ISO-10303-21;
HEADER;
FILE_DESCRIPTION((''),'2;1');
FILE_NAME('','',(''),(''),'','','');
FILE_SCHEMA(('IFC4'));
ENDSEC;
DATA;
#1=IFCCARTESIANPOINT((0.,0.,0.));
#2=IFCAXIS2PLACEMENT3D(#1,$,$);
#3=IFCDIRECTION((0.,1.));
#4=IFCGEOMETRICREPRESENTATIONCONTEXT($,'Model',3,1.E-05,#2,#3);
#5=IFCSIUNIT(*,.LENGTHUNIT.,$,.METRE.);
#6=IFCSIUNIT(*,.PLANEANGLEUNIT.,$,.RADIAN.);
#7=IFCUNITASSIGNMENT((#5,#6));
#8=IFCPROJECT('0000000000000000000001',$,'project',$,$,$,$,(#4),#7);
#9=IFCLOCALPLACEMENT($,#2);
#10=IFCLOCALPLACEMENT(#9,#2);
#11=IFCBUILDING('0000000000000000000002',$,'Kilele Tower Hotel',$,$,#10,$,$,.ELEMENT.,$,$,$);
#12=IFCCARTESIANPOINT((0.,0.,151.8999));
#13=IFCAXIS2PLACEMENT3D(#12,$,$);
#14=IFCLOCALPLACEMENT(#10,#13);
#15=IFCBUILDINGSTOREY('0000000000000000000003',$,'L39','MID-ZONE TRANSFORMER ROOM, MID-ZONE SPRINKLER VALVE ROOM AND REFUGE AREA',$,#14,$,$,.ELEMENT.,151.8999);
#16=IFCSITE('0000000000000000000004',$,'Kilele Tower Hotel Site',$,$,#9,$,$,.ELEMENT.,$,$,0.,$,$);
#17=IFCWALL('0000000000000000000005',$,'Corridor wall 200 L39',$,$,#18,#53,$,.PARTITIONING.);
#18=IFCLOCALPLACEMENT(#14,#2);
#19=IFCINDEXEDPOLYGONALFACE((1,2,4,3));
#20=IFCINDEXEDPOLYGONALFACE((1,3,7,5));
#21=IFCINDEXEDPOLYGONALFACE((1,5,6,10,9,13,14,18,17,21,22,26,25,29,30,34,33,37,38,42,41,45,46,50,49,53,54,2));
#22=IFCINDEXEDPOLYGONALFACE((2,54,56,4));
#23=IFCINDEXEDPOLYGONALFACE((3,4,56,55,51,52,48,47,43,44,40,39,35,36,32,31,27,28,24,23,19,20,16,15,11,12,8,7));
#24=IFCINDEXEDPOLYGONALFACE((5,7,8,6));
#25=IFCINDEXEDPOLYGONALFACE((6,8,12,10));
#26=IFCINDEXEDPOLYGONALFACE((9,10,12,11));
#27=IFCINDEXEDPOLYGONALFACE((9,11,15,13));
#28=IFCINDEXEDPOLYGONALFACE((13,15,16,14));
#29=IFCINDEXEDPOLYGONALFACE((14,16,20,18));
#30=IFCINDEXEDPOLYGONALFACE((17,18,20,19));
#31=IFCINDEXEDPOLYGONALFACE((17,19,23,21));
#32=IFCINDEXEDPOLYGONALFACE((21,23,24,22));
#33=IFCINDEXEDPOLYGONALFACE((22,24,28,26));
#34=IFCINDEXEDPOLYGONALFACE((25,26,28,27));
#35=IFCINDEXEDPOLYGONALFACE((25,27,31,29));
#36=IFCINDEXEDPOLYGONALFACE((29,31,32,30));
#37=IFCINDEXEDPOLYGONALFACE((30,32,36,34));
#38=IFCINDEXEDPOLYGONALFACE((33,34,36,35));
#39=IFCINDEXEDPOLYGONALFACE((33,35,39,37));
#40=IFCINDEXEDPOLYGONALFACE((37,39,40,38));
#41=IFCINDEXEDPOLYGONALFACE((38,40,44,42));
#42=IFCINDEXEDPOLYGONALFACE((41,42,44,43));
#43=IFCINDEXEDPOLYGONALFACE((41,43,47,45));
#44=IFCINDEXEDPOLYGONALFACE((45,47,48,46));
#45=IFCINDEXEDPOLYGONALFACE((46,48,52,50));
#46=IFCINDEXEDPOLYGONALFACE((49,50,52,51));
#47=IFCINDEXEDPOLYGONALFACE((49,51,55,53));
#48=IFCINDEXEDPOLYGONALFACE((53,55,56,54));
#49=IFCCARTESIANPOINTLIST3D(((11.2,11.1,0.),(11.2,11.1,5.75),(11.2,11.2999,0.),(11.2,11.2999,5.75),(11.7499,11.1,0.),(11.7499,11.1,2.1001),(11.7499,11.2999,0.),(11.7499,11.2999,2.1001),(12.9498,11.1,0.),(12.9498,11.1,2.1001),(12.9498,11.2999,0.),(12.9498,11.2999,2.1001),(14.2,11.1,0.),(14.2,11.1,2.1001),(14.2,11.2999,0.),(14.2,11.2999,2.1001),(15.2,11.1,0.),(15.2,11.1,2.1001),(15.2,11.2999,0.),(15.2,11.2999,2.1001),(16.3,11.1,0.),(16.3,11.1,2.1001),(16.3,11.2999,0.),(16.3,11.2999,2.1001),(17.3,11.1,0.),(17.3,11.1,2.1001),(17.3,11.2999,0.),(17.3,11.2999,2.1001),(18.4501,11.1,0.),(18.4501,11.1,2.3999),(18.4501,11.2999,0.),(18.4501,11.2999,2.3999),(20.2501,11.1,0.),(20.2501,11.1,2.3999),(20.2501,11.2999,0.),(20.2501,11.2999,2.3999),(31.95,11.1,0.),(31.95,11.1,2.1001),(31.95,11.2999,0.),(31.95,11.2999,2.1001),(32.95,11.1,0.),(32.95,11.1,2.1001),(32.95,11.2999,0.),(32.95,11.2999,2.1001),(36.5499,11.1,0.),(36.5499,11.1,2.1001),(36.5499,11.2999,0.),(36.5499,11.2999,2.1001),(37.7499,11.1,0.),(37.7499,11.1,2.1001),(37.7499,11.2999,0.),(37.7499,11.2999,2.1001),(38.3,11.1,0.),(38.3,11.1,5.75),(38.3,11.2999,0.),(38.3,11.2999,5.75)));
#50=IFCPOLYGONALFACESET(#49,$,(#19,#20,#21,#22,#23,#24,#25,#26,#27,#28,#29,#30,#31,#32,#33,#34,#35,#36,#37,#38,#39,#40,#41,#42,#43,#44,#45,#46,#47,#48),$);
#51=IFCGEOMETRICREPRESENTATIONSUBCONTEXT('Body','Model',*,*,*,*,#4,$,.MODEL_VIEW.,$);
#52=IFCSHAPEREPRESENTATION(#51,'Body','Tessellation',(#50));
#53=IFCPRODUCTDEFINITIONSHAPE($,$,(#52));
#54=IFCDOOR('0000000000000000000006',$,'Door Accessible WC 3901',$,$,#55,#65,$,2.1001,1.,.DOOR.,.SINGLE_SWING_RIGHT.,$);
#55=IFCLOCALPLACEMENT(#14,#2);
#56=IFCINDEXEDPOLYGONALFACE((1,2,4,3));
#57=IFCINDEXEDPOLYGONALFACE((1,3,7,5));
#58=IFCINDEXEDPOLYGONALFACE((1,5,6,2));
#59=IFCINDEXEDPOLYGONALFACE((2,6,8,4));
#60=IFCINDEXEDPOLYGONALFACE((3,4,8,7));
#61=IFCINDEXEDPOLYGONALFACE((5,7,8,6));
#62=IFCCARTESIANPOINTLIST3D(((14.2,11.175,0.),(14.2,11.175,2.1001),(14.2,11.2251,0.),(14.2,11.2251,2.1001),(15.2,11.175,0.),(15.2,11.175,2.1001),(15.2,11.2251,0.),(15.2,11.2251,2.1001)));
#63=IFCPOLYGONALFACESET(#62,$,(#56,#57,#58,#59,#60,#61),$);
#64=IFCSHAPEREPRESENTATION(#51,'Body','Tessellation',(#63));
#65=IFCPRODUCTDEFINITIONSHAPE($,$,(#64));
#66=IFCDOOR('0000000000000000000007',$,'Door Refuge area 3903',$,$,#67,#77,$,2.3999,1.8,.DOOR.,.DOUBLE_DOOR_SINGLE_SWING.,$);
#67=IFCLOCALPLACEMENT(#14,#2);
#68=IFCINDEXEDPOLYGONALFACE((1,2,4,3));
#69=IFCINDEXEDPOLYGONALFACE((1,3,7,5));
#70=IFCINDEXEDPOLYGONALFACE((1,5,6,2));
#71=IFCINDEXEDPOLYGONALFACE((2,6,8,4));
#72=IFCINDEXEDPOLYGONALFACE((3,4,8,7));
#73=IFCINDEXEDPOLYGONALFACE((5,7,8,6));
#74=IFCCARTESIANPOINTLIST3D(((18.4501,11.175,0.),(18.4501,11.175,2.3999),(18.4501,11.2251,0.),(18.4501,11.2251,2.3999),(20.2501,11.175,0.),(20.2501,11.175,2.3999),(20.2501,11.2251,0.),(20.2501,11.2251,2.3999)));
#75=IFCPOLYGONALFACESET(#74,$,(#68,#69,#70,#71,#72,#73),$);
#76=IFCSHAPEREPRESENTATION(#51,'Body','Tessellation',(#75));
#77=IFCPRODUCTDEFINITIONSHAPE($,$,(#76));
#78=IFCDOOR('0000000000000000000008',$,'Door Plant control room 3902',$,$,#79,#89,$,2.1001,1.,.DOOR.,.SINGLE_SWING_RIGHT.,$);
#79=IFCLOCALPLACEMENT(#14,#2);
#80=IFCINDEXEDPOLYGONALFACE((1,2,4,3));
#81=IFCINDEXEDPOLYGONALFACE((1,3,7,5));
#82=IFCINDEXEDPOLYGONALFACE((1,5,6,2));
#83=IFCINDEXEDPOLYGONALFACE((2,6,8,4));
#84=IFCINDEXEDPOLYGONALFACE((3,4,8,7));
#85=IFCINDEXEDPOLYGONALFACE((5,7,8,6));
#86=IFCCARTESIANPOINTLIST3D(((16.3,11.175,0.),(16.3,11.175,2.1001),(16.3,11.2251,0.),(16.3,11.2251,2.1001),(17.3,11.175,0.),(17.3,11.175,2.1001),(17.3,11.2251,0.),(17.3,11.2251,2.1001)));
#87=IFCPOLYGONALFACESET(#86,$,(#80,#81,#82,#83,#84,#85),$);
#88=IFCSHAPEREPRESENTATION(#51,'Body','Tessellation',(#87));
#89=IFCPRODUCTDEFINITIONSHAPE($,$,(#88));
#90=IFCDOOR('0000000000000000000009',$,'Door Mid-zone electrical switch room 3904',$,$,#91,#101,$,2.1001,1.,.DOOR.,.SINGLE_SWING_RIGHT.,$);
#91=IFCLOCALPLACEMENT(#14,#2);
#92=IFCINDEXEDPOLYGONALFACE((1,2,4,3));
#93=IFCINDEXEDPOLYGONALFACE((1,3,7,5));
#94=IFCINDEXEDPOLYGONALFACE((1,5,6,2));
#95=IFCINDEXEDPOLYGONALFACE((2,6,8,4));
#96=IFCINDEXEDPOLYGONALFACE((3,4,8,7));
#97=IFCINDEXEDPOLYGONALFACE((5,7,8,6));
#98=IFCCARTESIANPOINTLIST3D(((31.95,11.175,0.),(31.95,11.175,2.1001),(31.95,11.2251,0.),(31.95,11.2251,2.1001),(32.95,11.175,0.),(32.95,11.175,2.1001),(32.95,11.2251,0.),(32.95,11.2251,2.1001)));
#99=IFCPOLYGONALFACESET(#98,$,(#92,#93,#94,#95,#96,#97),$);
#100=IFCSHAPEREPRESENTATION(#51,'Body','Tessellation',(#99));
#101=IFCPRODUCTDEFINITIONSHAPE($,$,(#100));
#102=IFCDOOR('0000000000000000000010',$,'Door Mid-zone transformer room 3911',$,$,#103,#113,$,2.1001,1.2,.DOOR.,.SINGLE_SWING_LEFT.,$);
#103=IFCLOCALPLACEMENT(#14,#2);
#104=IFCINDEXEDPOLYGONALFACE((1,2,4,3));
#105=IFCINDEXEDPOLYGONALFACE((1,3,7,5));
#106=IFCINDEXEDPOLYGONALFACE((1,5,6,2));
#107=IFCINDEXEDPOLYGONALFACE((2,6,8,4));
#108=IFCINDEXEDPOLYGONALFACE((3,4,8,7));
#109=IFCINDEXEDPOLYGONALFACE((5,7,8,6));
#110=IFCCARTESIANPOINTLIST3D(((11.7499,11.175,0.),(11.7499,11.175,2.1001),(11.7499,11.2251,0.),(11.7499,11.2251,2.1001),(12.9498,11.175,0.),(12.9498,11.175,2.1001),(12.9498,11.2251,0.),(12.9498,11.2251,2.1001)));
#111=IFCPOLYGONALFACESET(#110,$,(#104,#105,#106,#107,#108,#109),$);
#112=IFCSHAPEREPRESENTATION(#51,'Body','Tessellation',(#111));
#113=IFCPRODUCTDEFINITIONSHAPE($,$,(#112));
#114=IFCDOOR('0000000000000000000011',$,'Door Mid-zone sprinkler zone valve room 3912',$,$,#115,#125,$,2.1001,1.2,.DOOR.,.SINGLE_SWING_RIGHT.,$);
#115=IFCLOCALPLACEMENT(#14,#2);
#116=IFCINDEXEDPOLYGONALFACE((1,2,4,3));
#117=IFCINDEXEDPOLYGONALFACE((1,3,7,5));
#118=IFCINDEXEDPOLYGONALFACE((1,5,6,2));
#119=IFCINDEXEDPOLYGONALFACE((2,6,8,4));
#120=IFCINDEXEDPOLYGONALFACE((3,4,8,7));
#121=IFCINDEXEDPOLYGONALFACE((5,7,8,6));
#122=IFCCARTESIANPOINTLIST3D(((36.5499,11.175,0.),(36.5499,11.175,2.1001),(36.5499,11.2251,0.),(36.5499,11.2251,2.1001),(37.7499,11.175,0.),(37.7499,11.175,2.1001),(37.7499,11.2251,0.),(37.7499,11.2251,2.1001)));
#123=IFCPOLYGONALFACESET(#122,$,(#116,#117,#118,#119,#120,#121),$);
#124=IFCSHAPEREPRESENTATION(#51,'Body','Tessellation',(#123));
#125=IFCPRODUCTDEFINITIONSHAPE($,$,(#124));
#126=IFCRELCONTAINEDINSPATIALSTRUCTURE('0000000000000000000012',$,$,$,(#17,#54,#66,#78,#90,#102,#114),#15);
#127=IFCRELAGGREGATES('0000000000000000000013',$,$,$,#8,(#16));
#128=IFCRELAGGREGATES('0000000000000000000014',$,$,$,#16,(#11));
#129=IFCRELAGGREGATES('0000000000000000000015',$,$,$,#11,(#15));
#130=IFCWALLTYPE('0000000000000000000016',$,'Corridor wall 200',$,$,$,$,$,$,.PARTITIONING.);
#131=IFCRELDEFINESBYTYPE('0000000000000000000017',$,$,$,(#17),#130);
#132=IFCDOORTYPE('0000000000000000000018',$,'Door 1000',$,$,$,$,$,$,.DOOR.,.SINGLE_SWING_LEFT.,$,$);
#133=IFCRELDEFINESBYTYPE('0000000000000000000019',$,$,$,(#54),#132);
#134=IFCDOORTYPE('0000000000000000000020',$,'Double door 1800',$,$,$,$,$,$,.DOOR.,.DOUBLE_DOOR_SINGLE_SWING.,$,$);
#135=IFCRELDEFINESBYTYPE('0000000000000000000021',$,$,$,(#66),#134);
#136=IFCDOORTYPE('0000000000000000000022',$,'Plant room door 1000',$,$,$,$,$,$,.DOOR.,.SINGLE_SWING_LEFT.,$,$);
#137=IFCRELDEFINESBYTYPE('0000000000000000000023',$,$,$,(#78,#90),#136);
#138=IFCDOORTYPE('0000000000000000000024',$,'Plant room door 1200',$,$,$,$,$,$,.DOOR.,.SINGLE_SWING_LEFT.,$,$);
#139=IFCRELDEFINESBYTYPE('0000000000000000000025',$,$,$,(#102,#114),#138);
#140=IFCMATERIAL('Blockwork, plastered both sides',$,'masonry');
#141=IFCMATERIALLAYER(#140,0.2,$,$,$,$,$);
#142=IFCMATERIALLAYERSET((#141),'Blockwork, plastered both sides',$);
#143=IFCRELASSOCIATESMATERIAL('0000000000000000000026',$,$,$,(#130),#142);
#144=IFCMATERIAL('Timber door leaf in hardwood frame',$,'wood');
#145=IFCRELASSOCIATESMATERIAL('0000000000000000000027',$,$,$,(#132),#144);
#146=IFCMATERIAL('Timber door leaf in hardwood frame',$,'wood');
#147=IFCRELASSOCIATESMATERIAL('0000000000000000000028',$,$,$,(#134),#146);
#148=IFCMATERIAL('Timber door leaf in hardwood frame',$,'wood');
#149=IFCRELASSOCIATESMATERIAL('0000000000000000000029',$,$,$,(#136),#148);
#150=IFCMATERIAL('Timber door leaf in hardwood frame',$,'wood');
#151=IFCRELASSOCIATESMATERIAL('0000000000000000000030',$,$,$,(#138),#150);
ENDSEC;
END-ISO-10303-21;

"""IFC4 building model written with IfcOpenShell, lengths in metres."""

from ifc_helpers import new_model, si_unit, direction, frame, frame_2d, origin, place, context, subcontext, project, spatial, rectangle, extrude, material, layer, layer_set, type_object, element, fill, save


model = new_model("IFC4")

# Units and contexts
model_context = context("Model", 3, precision=1e-05, world=origin(), true_north=direction((0.0, 1.0)))
body_context = subcontext(model_context, "Body", "Model", "MODEL_VIEW")
ifc_project = project(units=[si_unit("LENGTHUNIT", "METRE"), si_unit("PLANEANGLEUNIT", "RADIAN")], contexts=[model_context])

# Site, building, storey
site_placement = place(None, origin())
site = spatial("IfcSite", under=ifc_project, at=site_placement, Name="Kilele Tower Hotel Site", CompositionType="ELEMENT", RefElevation=0.0)
building_placement = place(site_placement, origin())
building = spatial("IfcBuilding", under=site, at=building_placement, Name="Kilele Tower Hotel", CompositionType="ELEMENT")
storey_placement = place(building_placement, frame((0.0, 0.0, 151.8999)))
storey = spatial("IfcBuildingStorey", under=building, at=storey_placement, Name="L39", Description="MID-ZONE TRANSFORMER ROOM, MID-ZONE SPRINKLER VALVE ROOM AND REFUGE AREA", CompositionType="ELEMENT", Elevation=151.8999)

# Wall, openings, doors
ifc_material_1 = material(Name="Blockwork, plastered both sides", Category="masonry")
ifc_layer_1 = layer(ifc_material_1, 0.2)
ifc_layer_set_1 = layer_set([ifc_layer_1], Name="Blockwork, plastered both sides")
wall_type_1 = type_object("IfcWallType", Name="Corridor wall 200", PredefinedType="PARTITIONING", material=ifc_layer_set_1)
wall_1_placement = place(storey_placement, frame((11.2, 11.2, 0.0), z_axis=(0.0, 0.0, 1.0), x_axis=(1.0, 0.0, 0.0)))
wall_1 = element("IfcWall", 1, at=wall_1_placement, inside=storey, type_object=wall_type_1, Name="Corridor wall 200 L39", PredefinedType="PARTITIONING", context=body_context, shape_type="SweptSolid", body=[
    extrude(rectangle(XDim=27.1001, YDim=0.2, at=frame_2d((13.55, 0.0))), origin(), (0.0, 0.0, 1.0), 5.75),
])
opening_1_placement = place(wall_1_placement, frame((4.0, 0.0, 0.0), z_axis=(0.0, 0.0, 1.0), x_axis=(-1.0, 0.0, 0.0)))
opening_1 = element("IfcOpeningElement", 2, at=opening_1_placement, cuts=wall_1, PredefinedType="OPENING", context=body_context, shape_type="SweptSolid", body=[
    extrude(rectangle(XDim=1.0, YDim=2.1001, at=frame_2d((0.5, 1.05))), frame((0.0, 0.1099, 0.0), z_axis=(0.0, -1.0, 0.0), x_axis=(1.0, 0.0, 0.0)), (0.0, 0.0, 1.0), 0.22),
])
opening_2_placement = place(wall_1_placement, frame((6.1001, 0.0, 0.0), z_axis=(0.0, 0.0, 1.0), x_axis=(-1.0, 0.0, 0.0)))
opening_2 = element("IfcOpeningElement", 3, at=opening_2_placement, cuts=wall_1, PredefinedType="OPENING", context=body_context, shape_type="SweptSolid", body=[
    extrude(rectangle(XDim=1.0, YDim=2.1001, at=frame_2d((0.5, 1.05))), frame((0.0, 0.1099, 0.0), z_axis=(0.0, -1.0, 0.0), x_axis=(1.0, 0.0, 0.0)), (0.0, 0.0, 1.0), 0.22),
])
opening_3_placement = place(wall_1_placement, frame((9.05, 0.0, 0.0), z_axis=(0.0, 0.0, 1.0), x_axis=(-1.0, 0.0, 0.0)))
opening_3 = element("IfcOpeningElement", 4, at=opening_3_placement, cuts=wall_1, PredefinedType="OPENING", context=body_context, shape_type="SweptSolid", body=[
    extrude(rectangle(XDim=1.8, YDim=2.3999, at=frame_2d((0.8999, 1.2))), frame((0.0, 0.1099, 0.0), z_axis=(0.0, -1.0, 0.0), x_axis=(1.0, 0.0, 0.0)), (0.0, 0.0, 1.0), 0.22),
])
opening_4_placement = place(wall_1_placement, frame((21.75, 0.0, 0.0), z_axis=(0.0, 0.0, 1.0), x_axis=(-1.0, 0.0, 0.0)))
opening_4 = element("IfcOpeningElement", 5, at=opening_4_placement, cuts=wall_1, PredefinedType="OPENING", context=body_context, shape_type="SweptSolid", body=[
    extrude(rectangle(XDim=1.0, YDim=2.1001, at=frame_2d((0.5, 1.05))), frame((0.0, 0.1099, 0.0), z_axis=(0.0, -1.0, 0.0), x_axis=(1.0, 0.0, 0.0)), (0.0, 0.0, 1.0), 0.22),
])
opening_5_placement = place(wall_1_placement, frame((1.75, 0.0, 0.0), z_axis=(0.0, 0.0, 1.0), x_axis=(-1.0, 0.0, 0.0)))
opening_5 = element("IfcOpeningElement", 6, at=opening_5_placement, cuts=wall_1, PredefinedType="OPENING", context=body_context, shape_type="SweptSolid", body=[
    extrude(rectangle(XDim=1.2, YDim=2.1001, at=frame_2d((0.6001, 1.05))), frame((0.0, 0.1099, 0.0), z_axis=(0.0, -1.0, 0.0), x_axis=(1.0, 0.0, 0.0)), (0.0, 0.0, 1.0), 0.22),
])
opening_6_placement = place(wall_1_placement, frame((26.55, 0.0, 0.0), z_axis=(0.0, 0.0, 1.0), x_axis=(-1.0, 0.0, 0.0)))
opening_6 = element("IfcOpeningElement", 7, at=opening_6_placement, cuts=wall_1, PredefinedType="OPENING", context=body_context, shape_type="SweptSolid", body=[
    extrude(rectangle(XDim=1.2, YDim=2.1001, at=frame_2d((0.6001, 1.05))), frame((0.0, 0.1099, 0.0), z_axis=(0.0, -1.0, 0.0), x_axis=(1.0, 0.0, 0.0)), (0.0, 0.0, 1.0), 0.22),
])
ifc_material_2 = material(Name="Timber door leaf in hardwood frame", Category="wood")
door_type_1 = type_object("IfcDoorType", Name="Door 1000", OperationType="SINGLE_SWING_LEFT", PredefinedType="DOOR", material=ifc_material_2)
door_1_placement = place(opening_1_placement, origin())
door_1 = element("IfcDoor", 8, at=door_1_placement, inside=storey, type_object=door_type_1, Name="Door Accessible WC 3901", OperationType="SINGLE_SWING_RIGHT", OverallHeight=2.1001, OverallWidth=1.0, PredefinedType="DOOR", context=body_context, shape_type="SweptSolid", body=[
    extrude(rectangle(XDim=1.0, YDim=2.1001, at=frame_2d((0.5, 1.05))), frame((0.0, 0.0249, 0.0), z_axis=(0.0, -1.0, 0.0), x_axis=(1.0, 0.0, 0.0)), (0.0, 0.0, 1.0), 0.05),
])
fill(opening_1, door_1)
ifc_material_3 = material(Name="Timber door leaf in hardwood frame", Category="wood")
door_type_2 = type_object("IfcDoorType", Name="Double door 1800", OperationType="DOUBLE_DOOR_SINGLE_SWING", PredefinedType="DOOR", material=ifc_material_3)
door_2_placement = place(opening_3_placement, origin())
door_2 = element("IfcDoor", 9, at=door_2_placement, inside=storey, type_object=door_type_2, Name="Door Refuge area 3903", OperationType="DOUBLE_DOOR_SINGLE_SWING", OverallHeight=2.3999, OverallWidth=1.8, PredefinedType="DOOR", context=body_context, shape_type="SweptSolid", body=[
    extrude(rectangle(XDim=1.8, YDim=2.3999, at=frame_2d((0.8999, 1.2))), frame((0.0, 0.0249, 0.0), z_axis=(0.0, -1.0, 0.0), x_axis=(1.0, 0.0, 0.0)), (0.0, 0.0, 1.0), 0.05),
])
fill(opening_3, door_2)
ifc_material_4 = material(Name="Timber door leaf in hardwood frame", Category="wood")
door_type_3 = type_object("IfcDoorType", Name="Plant room door 1000", OperationType="SINGLE_SWING_LEFT", PredefinedType="DOOR", material=ifc_material_4)
door_3_placement = place(opening_2_placement, origin())
door_3 = element("IfcDoor", 10, at=door_3_placement, inside=storey, type_object=door_type_3, Name="Door Plant control room 3902", OperationType="SINGLE_SWING_RIGHT", OverallHeight=2.1001, OverallWidth=1.0, PredefinedType="DOOR", context=body_context, shape_type="SweptSolid", body=[
    extrude(rectangle(XDim=1.0, YDim=2.1001, at=frame_2d((0.5, 1.05))), frame((0.0, 0.0249, 0.0), z_axis=(0.0, -1.0, 0.0), x_axis=(1.0, 0.0, 0.0)), (0.0, 0.0, 1.0), 0.05),
])
fill(opening_2, door_3)
door_4_placement = place(opening_4_placement, origin())
door_4 = element("IfcDoor", 11, at=door_4_placement, inside=storey, type_object=door_type_3, Name="Door Mid-zone electrical switch room 3904", OperationType="SINGLE_SWING_RIGHT", OverallHeight=2.1001, OverallWidth=1.0, PredefinedType="DOOR", context=body_context, shape_type="SweptSolid", body=[
    extrude(rectangle(XDim=1.0, YDim=2.1001, at=frame_2d((0.5, 1.05))), frame((0.0, 0.0249, 0.0), z_axis=(0.0, -1.0, 0.0), x_axis=(1.0, 0.0, 0.0)), (0.0, 0.0, 1.0), 0.05),
])
fill(opening_4, door_4)
ifc_material_5 = material(Name="Timber door leaf in hardwood frame", Category="wood")
door_type_4 = type_object("IfcDoorType", Name="Plant room door 1200", OperationType="SINGLE_SWING_LEFT", PredefinedType="DOOR", material=ifc_material_5)
door_5_placement = place(opening_5_placement, origin())
door_5 = element("IfcDoor", 12, at=door_5_placement, inside=storey, type_object=door_type_4, Name="Door Mid-zone transformer room 3911", OperationType="SINGLE_SWING_LEFT", OverallHeight=2.1001, OverallWidth=1.2, PredefinedType="DOOR", context=body_context, shape_type="SweptSolid", body=[
    extrude(rectangle(XDim=1.2, YDim=2.1001, at=frame_2d((0.6001, 1.05))), frame((0.0, 0.0249, 0.0), z_axis=(0.0, -1.0, 0.0), x_axis=(1.0, 0.0, 0.0)), (0.0, 0.0, 1.0), 0.05),
])
fill(opening_5, door_5)
door_6_placement = place(opening_6_placement, origin())
door_6 = element("IfcDoor", 13, at=door_6_placement, inside=storey, type_object=door_type_4, Name="Door Mid-zone sprinkler zone valve room 3912", OperationType="SINGLE_SWING_RIGHT", OverallHeight=2.1001, OverallWidth=1.2, PredefinedType="DOOR", context=body_context, shape_type="SweptSolid", body=[
    extrude(rectangle(XDim=1.2, YDim=2.1001, at=frame_2d((0.6001, 1.05))), frame((0.0, 0.0249, 0.0), z_axis=(0.0, -1.0, 0.0), x_axis=(1.0, 0.0, 0.0)), (0.0, 0.0, 1.0), 0.05),
])
fill(opening_6, door_6)

save(model, "model.ifc")
